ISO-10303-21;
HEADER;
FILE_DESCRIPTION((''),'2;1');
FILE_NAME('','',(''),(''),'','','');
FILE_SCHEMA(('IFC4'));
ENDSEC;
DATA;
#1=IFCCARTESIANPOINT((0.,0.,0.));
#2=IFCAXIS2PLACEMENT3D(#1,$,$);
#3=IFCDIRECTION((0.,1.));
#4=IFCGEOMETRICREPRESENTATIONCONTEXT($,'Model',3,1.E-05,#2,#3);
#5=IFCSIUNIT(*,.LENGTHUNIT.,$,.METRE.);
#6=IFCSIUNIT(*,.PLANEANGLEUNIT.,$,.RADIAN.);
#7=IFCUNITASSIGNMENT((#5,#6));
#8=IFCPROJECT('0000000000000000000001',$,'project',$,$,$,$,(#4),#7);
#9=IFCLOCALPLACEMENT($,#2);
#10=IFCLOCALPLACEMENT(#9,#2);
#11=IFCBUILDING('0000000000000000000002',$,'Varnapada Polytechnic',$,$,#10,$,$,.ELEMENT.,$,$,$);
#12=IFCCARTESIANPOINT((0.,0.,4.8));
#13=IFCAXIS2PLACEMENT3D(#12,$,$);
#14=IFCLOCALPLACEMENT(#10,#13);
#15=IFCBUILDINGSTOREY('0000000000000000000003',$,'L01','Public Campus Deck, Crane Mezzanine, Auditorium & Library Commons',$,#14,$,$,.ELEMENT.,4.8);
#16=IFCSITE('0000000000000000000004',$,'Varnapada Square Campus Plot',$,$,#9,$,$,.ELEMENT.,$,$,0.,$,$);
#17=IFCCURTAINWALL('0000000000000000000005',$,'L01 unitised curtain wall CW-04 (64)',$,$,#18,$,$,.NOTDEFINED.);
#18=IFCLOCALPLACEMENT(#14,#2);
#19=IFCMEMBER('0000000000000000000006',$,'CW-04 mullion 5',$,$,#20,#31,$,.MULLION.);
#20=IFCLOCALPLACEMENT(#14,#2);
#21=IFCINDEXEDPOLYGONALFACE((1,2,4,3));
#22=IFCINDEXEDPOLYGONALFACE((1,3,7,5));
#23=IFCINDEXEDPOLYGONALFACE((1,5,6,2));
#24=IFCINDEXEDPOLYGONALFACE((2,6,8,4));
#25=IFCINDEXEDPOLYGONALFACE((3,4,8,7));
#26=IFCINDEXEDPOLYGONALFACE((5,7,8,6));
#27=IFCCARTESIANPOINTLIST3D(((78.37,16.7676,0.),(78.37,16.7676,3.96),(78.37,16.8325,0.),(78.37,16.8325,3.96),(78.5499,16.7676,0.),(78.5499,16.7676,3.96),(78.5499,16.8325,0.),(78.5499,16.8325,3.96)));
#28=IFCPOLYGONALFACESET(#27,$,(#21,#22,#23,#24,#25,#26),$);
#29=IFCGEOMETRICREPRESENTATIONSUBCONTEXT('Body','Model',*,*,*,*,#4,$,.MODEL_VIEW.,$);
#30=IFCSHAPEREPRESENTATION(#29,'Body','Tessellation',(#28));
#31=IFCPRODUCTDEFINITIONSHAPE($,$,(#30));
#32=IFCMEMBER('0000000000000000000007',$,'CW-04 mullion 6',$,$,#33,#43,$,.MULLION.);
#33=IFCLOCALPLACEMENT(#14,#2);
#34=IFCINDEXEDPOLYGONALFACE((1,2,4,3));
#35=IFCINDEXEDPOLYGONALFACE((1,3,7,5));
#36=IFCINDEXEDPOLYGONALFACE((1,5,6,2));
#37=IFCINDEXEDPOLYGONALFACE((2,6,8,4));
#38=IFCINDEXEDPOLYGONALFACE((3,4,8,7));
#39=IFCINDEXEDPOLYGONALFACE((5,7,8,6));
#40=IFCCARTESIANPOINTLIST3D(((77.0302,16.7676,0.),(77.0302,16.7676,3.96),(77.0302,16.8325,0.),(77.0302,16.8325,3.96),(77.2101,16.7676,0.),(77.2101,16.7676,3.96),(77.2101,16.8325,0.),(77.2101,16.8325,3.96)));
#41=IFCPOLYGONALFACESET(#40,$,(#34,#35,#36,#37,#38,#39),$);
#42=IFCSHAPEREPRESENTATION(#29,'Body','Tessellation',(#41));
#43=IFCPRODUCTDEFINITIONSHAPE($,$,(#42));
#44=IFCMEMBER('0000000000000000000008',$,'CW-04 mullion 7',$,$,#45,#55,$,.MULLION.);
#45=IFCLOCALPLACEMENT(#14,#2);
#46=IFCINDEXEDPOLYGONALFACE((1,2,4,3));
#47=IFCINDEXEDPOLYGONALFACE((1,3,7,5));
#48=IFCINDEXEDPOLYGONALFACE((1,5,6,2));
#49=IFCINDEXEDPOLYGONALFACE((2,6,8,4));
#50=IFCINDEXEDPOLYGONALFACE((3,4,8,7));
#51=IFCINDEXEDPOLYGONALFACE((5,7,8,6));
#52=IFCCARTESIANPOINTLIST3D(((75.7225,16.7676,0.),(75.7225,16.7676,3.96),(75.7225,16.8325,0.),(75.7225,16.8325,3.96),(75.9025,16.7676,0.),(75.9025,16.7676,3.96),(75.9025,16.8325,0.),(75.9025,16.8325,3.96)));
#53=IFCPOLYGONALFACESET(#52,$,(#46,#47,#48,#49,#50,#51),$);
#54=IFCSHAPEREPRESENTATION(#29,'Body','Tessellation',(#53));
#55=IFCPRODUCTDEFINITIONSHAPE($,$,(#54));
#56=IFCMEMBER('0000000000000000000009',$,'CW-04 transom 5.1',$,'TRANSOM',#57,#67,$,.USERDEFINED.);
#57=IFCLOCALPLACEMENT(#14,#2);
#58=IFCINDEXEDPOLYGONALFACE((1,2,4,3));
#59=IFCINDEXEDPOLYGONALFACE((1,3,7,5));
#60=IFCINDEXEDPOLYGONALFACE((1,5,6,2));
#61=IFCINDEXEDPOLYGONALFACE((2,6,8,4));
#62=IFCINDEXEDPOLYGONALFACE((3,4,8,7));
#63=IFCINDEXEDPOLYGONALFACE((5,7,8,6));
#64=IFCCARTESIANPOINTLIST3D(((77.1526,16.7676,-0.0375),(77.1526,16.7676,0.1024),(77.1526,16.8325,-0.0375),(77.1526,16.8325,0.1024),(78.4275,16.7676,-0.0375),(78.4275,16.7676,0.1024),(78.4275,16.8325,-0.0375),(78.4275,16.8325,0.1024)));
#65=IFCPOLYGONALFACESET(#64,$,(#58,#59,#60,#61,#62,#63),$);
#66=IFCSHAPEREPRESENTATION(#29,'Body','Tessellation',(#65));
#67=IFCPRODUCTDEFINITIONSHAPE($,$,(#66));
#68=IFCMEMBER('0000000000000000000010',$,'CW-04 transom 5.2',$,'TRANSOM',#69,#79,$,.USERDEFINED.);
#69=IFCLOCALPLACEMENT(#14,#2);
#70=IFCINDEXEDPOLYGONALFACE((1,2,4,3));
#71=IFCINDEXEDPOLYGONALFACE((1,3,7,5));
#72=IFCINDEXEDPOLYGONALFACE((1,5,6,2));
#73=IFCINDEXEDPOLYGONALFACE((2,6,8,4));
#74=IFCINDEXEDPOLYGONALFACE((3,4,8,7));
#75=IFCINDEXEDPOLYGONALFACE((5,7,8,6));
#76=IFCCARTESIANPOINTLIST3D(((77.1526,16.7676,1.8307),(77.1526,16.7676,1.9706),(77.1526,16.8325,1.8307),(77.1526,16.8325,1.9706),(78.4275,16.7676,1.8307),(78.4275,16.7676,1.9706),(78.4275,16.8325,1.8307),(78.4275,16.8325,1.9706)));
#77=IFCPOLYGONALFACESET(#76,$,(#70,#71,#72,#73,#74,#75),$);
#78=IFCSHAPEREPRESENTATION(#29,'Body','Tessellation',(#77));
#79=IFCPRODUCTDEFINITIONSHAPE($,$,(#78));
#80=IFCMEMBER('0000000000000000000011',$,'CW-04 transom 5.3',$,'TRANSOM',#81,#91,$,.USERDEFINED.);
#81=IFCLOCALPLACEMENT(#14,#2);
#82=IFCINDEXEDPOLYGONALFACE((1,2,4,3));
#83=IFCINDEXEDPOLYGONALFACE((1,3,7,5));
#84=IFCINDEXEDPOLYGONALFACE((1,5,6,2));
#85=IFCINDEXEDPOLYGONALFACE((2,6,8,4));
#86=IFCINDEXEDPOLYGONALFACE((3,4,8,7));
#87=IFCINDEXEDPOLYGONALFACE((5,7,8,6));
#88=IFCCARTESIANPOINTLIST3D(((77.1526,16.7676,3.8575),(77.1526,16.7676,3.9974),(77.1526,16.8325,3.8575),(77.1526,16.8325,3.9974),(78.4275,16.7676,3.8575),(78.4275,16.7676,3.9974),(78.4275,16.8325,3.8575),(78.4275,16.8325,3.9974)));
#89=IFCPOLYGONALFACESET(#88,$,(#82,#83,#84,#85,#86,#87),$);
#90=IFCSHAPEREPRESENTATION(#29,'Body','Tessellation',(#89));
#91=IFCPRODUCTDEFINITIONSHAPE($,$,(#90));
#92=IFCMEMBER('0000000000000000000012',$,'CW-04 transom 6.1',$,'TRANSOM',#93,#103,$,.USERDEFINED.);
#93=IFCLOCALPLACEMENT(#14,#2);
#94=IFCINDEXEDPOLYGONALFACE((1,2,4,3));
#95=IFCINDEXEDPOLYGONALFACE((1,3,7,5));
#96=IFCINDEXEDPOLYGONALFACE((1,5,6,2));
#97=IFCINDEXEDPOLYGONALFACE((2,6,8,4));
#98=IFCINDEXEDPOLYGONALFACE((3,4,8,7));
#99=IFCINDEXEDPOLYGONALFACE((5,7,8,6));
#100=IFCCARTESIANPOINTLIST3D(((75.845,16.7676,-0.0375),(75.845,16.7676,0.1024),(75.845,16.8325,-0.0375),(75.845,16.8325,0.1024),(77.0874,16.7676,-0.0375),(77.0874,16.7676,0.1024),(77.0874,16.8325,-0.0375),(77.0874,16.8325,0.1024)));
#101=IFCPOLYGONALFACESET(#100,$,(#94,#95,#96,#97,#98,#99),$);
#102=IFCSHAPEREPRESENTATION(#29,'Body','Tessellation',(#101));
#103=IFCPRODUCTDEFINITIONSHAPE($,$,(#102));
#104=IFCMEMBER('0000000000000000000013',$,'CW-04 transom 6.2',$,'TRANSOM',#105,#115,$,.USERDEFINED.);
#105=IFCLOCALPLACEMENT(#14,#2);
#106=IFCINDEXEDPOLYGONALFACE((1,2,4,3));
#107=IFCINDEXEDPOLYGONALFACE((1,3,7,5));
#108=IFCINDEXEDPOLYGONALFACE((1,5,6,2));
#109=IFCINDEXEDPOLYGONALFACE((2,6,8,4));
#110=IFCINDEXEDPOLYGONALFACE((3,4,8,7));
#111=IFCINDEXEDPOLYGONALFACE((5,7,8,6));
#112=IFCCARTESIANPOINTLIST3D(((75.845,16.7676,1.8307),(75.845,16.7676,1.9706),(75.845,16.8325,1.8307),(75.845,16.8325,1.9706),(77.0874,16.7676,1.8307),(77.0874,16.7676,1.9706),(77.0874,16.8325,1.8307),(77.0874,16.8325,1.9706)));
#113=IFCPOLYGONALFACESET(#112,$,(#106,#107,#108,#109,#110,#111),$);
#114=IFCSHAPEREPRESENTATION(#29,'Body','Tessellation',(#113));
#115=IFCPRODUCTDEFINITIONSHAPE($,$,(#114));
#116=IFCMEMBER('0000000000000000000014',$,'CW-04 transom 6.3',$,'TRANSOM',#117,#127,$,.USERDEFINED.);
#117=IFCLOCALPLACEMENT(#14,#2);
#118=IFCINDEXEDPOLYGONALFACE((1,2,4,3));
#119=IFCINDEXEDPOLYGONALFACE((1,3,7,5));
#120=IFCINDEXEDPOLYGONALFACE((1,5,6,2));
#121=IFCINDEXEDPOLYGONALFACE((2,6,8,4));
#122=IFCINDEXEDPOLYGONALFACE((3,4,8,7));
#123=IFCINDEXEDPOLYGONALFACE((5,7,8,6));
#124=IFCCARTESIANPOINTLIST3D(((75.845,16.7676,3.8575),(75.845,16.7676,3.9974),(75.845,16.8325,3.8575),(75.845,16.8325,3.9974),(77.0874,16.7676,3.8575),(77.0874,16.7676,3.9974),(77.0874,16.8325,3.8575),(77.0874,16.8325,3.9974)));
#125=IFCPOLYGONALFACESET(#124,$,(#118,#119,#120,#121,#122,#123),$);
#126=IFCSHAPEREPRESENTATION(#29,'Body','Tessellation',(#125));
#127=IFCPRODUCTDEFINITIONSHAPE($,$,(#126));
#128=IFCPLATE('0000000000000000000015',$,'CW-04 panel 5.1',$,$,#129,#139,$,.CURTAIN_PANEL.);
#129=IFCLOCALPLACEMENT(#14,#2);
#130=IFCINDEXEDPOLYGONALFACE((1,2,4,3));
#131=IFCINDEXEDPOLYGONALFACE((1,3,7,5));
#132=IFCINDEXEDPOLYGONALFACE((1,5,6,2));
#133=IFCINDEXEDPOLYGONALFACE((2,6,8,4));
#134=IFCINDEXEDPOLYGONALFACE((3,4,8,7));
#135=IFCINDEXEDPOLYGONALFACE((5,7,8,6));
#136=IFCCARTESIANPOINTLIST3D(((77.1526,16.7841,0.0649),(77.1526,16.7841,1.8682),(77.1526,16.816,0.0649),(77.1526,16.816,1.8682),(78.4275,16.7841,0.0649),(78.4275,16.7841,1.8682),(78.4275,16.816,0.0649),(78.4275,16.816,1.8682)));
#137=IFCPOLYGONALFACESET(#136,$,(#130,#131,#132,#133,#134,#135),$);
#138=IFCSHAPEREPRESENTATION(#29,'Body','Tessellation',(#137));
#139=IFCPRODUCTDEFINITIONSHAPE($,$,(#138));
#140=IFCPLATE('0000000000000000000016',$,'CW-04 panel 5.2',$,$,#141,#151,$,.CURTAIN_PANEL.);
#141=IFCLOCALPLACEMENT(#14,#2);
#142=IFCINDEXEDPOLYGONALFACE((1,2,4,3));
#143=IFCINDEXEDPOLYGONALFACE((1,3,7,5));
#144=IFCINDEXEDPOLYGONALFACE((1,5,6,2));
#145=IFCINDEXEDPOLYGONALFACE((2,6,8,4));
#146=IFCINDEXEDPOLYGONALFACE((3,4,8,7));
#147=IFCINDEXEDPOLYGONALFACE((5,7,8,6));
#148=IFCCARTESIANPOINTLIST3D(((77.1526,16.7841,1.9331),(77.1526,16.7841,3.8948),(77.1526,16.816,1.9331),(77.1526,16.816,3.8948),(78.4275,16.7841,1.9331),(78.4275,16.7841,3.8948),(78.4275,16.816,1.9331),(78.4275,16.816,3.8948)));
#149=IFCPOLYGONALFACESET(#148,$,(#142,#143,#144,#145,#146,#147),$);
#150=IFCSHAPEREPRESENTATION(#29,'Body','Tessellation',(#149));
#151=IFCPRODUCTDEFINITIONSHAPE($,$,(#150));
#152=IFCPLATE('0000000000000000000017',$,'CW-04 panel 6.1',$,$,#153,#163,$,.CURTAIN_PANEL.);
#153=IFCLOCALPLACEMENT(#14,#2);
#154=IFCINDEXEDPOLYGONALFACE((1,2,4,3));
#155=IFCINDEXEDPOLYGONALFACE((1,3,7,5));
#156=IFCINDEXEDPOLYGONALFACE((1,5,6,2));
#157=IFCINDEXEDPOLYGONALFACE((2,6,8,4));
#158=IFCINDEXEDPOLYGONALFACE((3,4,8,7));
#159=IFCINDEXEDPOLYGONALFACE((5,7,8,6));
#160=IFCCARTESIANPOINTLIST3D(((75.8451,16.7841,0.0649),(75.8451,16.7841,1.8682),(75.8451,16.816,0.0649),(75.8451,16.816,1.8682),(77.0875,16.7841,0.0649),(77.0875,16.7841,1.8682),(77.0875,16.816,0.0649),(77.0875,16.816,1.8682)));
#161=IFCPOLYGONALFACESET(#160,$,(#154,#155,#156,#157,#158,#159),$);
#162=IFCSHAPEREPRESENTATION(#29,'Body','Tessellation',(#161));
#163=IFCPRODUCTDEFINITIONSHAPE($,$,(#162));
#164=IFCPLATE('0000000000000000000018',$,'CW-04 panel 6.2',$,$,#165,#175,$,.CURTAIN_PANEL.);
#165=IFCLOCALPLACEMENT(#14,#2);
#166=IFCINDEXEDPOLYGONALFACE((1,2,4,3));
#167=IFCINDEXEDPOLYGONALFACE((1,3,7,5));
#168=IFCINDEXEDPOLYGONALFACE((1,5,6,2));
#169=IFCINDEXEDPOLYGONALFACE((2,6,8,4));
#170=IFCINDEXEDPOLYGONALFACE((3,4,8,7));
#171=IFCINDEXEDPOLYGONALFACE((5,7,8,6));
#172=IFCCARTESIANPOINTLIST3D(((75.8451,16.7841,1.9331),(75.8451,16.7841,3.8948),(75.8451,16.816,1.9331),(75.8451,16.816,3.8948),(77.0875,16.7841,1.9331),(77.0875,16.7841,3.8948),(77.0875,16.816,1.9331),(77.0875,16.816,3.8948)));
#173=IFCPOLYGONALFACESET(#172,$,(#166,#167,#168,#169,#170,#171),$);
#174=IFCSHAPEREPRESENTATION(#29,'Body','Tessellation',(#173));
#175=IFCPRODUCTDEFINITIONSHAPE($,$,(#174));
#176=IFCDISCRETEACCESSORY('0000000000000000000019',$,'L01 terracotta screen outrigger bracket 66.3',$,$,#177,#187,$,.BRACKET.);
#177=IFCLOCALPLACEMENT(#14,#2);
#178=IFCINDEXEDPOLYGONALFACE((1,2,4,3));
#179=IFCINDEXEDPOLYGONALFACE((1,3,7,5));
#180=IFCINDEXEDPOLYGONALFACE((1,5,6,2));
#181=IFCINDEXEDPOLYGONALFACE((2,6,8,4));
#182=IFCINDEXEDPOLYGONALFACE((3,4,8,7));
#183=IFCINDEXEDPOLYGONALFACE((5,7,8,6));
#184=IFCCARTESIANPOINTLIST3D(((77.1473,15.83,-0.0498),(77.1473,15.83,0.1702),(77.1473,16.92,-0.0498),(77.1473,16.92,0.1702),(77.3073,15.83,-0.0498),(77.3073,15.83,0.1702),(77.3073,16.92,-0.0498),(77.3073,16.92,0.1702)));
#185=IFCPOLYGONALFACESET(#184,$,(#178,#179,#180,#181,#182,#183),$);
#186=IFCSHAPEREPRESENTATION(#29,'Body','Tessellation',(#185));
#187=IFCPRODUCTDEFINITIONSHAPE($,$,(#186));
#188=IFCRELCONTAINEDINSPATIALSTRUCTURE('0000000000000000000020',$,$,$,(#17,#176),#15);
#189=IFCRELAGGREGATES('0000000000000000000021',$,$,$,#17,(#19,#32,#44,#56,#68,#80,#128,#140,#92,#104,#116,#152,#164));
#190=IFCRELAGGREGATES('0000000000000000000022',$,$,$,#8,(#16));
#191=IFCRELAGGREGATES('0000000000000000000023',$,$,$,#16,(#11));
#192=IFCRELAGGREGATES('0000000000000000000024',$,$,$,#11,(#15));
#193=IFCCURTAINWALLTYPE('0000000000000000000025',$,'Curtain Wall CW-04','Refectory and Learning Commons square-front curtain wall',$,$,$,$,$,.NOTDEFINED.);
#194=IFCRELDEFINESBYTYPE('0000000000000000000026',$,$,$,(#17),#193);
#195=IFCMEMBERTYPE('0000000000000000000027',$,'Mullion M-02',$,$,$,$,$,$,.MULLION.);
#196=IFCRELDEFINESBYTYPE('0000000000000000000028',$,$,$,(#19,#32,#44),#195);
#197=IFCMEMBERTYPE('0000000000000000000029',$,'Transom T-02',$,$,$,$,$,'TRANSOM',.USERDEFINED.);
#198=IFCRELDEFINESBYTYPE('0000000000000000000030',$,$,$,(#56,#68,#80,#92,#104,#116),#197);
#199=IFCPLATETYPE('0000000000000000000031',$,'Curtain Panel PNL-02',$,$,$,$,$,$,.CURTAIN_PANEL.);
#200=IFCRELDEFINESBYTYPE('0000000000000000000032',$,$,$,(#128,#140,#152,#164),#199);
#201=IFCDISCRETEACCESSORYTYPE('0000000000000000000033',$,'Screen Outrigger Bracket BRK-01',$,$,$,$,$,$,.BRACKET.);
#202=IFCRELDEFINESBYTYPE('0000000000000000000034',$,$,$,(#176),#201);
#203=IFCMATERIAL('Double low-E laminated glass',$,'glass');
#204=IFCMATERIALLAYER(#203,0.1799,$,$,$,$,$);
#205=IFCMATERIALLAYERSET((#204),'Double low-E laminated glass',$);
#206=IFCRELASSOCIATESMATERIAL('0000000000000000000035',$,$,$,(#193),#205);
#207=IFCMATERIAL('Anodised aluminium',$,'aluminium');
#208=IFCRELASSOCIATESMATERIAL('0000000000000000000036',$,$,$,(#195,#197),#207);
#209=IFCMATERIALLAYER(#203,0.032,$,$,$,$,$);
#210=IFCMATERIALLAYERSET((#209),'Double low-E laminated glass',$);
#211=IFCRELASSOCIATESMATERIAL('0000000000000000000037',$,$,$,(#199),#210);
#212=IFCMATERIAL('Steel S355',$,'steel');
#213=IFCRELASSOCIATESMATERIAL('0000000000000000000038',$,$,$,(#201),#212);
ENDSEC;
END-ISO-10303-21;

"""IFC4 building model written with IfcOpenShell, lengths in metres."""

from ifc_helpers import new_model, si_unit, direction, frame, origin, origin_2d, place, context, subcontext, project, spatial, rectangle, extrude, material, layer, layer_set, material_profile, profile_set, type_object, element, aggregate, save


model = new_model("IFC4")

# Units and contexts
model_context = context("Model", 3, precision=1e-05, world=origin(), true_north=direction((0.0, 1.0)))
body_context = subcontext(model_context, "Body", "Model", "MODEL_VIEW")
ifc_project = project(units=[si_unit("LENGTHUNIT", "METRE"), si_unit("PLANEANGLEUNIT", "RADIAN")], contexts=[model_context])

# Site, building, storey
site_placement = place(None, origin())
site = spatial("IfcSite", under=ifc_project, at=site_placement, Name="Varnapada Square Campus Plot", CompositionType="ELEMENT", RefElevation=0.0)
building_placement = place(site_placement, origin())
building = spatial("IfcBuilding", under=site, at=building_placement, Name="Varnapada Polytechnic", CompositionType="ELEMENT")
storey_placement = place(building_placement, frame((0.0, 0.0, 4.8)))
storey = spatial("IfcBuildingStorey", under=building, at=storey_placement, Name="L01", Description="Public Campus Deck, Crane Mezzanine, Auditorium & Library Commons", CompositionType="ELEMENT", Elevation=4.8)

# Curtain wall, members, plates
ifc_material_1 = material(Name="Double low-E laminated glass", Category="glass")
ifc_layer_1 = layer(ifc_material_1, 0.1799)
ifc_layer_set_1 = layer_set([ifc_layer_1], Name="Double low-E laminated glass")
curtain_wall_type = type_object("IfcCurtainWallType", Name="Curtain Wall CW-04", Description="Refectory and Learning Commons square-front curtain wall", PredefinedType="NOTDEFINED", material=ifc_layer_set_1)
curtain_wall_placement = place(storey_placement, origin())
curtain_wall = element("IfcCurtainWall", 1, at=curtain_wall_placement, inside=storey, type_object=curtain_wall_type, Name="L01 unitised curtain wall CW-04 (64)", PredefinedType="NOTDEFINED")
ifc_material_2 = material(Name="Anodised aluminium", Category="aluminium")
ifc_material_profile_1 = material_profile(ifc_material_2, rectangle(XDim=0.0649, YDim=0.1799, at=origin_2d()), Name="ALU M65x180")
ifc_profile_set_1 = profile_set([ifc_material_profile_1], Name="Anodised aluminium")
member_type_1 = type_object("IfcMemberType", Name="Mullion M-02", PredefinedType="MULLION", material=ifc_profile_set_1)
member_1_placement = place(storey_placement, frame((78.46, 16.8, 0.0), z_axis=(0.0, 0.0, 1.0), x_axis=(0.0, -1.0, 0.0)))
member_1 = element("IfcMember", 2, at=member_1_placement, type_object=member_type_1, Name="CW-04 mullion 5", PredefinedType="MULLION", context=body_context, shape_type="SweptSolid", body=[
    extrude(rectangle(XDim=0.0649, YDim=0.1799, at=origin_2d()), origin(), (0.0, 0.0, 1.0), 3.96),
])
member_2_placement = place(storey_placement, frame((77.1201, 16.8, 0.0), z_axis=(0.0, 0.0, 1.0), x_axis=(0.0, -1.0, 0.0)))
member_2 = element("IfcMember", 3, at=member_2_placement, type_object=member_type_1, Name="CW-04 mullion 6", PredefinedType="MULLION", context=body_context, shape_type="SweptSolid", body=[
    extrude(rectangle(XDim=0.0649, YDim=0.1799, at=origin_2d()), origin(), (0.0, 0.0, 1.0), 3.96),
])
member_3_placement = place(storey_placement, frame((75.8125, 16.8, 0.0), z_axis=(0.0, 0.0, 1.0), x_axis=(0.0, -1.0, 0.0)))
member_3 = element("IfcMember", 4, at=member_3_placement, type_object=member_type_1, Name="CW-04 mullion 7", PredefinedType="MULLION", context=body_context, shape_type="SweptSolid", body=[
    extrude(rectangle(XDim=0.0649, YDim=0.1799, at=origin_2d()), origin(), (0.0, 0.0, 1.0), 3.96),
])
ifc_material_profile_2 = material_profile(ifc_material_2, rectangle(XDim=0.0649, YDim=0.1399, at=origin_2d()), Name="ALU T65x140")
ifc_profile_set_2 = profile_set([ifc_material_profile_2], Name="Anodised aluminium")
member_type_2 = type_object("IfcMemberType", Name="Transom T-02", ElementType="TRANSOM", PredefinedType="USERDEFINED", material=ifc_profile_set_2)
member_4_placement = place(storey_placement, frame((78.4275, 16.8, 0.0325), z_axis=(-1.0, 0.0, 0.0), x_axis=(0.0, -1.0, 0.0)))
member_4 = element("IfcMember", 5, at=member_4_placement, type_object=member_type_2, Name="CW-04 transom 5.1", ObjectType="TRANSOM", PredefinedType="USERDEFINED", context=body_context, shape_type="SweptSolid", body=[
    extrude(rectangle(XDim=0.0649, YDim=0.1399, at=origin_2d()), origin(), (0.0, 0.0, 1.0), 1.2749),
])
member_5_placement = place(storey_placement, frame((78.4275, 16.8, 1.9006), z_axis=(-1.0, 0.0, 0.0), x_axis=(0.0, -1.0, 0.0)))
member_5 = element("IfcMember", 6, at=member_5_placement, type_object=member_type_2, Name="CW-04 transom 5.2", ObjectType="TRANSOM", PredefinedType="USERDEFINED", context=body_context, shape_type="SweptSolid", body=[
    extrude(rectangle(XDim=0.0649, YDim=0.1399, at=origin_2d()), origin(), (0.0, 0.0, 1.0), 1.2749),
])
member_6_placement = place(storey_placement, frame((78.4275, 16.8, 3.9275), z_axis=(-1.0, 0.0, 0.0), x_axis=(0.0, -1.0, 0.0)))
member_6 = element("IfcMember", 7, at=member_6_placement, type_object=member_type_2, Name="CW-04 transom 5.3", ObjectType="TRANSOM", PredefinedType="USERDEFINED", context=body_context, shape_type="SweptSolid", body=[
    extrude(rectangle(XDim=0.0649, YDim=0.1399, at=origin_2d()), origin(), (0.0, 0.0, 1.0), 1.2749),
])
member_7_placement = place(storey_placement, frame((77.0874, 16.8, 0.0325), z_axis=(-1.0, 0.0, 0.0), x_axis=(0.0, -1.0, 0.0)))
member_7 = element("IfcMember", 8, at=member_7_placement, type_object=member_type_2, Name="CW-04 transom 6.1", ObjectType="TRANSOM", PredefinedType="USERDEFINED", context=body_context, shape_type="SweptSolid", body=[
    extrude(rectangle(XDim=0.0649, YDim=0.1399, at=origin_2d()), origin(), (0.0, 0.0, 1.0), 1.2424),
])
member_8_placement = place(storey_placement, frame((77.0874, 16.8, 1.9006), z_axis=(-1.0, 0.0, 0.0), x_axis=(0.0, -1.0, 0.0)))
member_8 = element("IfcMember", 9, at=member_8_placement, type_object=member_type_2, Name="CW-04 transom 6.2", ObjectType="TRANSOM", PredefinedType="USERDEFINED", context=body_context, shape_type="SweptSolid", body=[
    extrude(rectangle(XDim=0.0649, YDim=0.1399, at=origin_2d()), origin(), (0.0, 0.0, 1.0), 1.2424),
])
member_9_placement = place(storey_placement, frame((77.0874, 16.8, 3.9275), z_axis=(-1.0, 0.0, 0.0), x_axis=(0.0, -1.0, 0.0)))
member_9 = element("IfcMember", 10, at=member_9_placement, type_object=member_type_2, Name="CW-04 transom 6.3", ObjectType="TRANSOM", PredefinedType="USERDEFINED", context=body_context, shape_type="SweptSolid", body=[
    extrude(rectangle(XDim=0.0649, YDim=0.1399, at=origin_2d()), origin(), (0.0, 0.0, 1.0), 1.2424),
])
ifc_layer_2 = layer(ifc_material_1, 0.032)
ifc_layer_set_2 = layer_set([ifc_layer_2], Name="Double low-E laminated glass")
plate_type = type_object("IfcPlateType", Name="Curtain Panel PNL-02", PredefinedType="CURTAIN_PANEL", material=ifc_layer_set_2)
plate_1_placement = place(storey_placement, frame((77.79, 16.8, 0.0649), z_axis=(0.0, 0.0, 1.0), x_axis=(-1.0, 0.0, 0.0)))
plate_1 = element("IfcPlate", 11, at=plate_1_placement, type_object=plate_type, Name="CW-04 panel 5.1", PredefinedType="CURTAIN_PANEL", context=body_context, shape_type="SweptSolid", body=[
    extrude(rectangle(XDim=1.2749, YDim=0.032, at=origin_2d()), origin(), (0.0, 0.0, 1.0), 1.8032),
])
plate_2_placement = place(storey_placement, frame((77.79, 16.8, 1.9331), z_axis=(0.0, 0.0, 1.0), x_axis=(-1.0, 0.0, 0.0)))
plate_2 = element("IfcPlate", 12, at=plate_2_placement, type_object=plate_type, Name="CW-04 panel 5.2", PredefinedType="CURTAIN_PANEL", context=body_context, shape_type="SweptSolid", body=[
    extrude(rectangle(XDim=1.2749, YDim=0.032, at=origin_2d()), origin(), (0.0, 0.0, 1.0), 1.9617),
])
plate_3_placement = place(storey_placement, frame((76.4663, 16.8, 0.0649), z_axis=(0.0, 0.0, 1.0), x_axis=(-1.0, 0.0, 0.0)))
plate_3 = element("IfcPlate", 13, at=plate_3_placement, type_object=plate_type, Name="CW-04 panel 6.1", PredefinedType="CURTAIN_PANEL", context=body_context, shape_type="SweptSolid", body=[
    extrude(rectangle(XDim=1.2424, YDim=0.032, at=origin_2d()), origin(), (0.0, 0.0, 1.0), 1.8032),
])
plate_4_placement = place(storey_placement, frame((76.4663, 16.8, 1.9331), z_axis=(0.0, 0.0, 1.0), x_axis=(-1.0, 0.0, 0.0)))
plate_4 = element("IfcPlate", 14, at=plate_4_placement, type_object=plate_type, Name="CW-04 panel 6.2", PredefinedType="CURTAIN_PANEL", context=body_context, shape_type="SweptSolid", body=[
    extrude(rectangle(XDim=1.2424, YDim=0.032, at=origin_2d()), origin(), (0.0, 0.0, 1.0), 1.9617),
])
aggregate(curtain_wall, [member_1, member_2, member_3, member_4, member_5, member_6, plate_1, plate_2, member_7, member_8, member_9, plate_3, plate_4])

# Discrete accessory
ifc_material_3 = material(Name="Steel S355", Category="steel")
discrete_accessory_type = type_object("IfcDiscreteAccessoryType", Name="Screen Outrigger Bracket BRK-01", PredefinedType="BRACKET", material=ifc_material_3)
discrete_accessory_placement = place(storey_placement, frame((77.2273, 16.375, -0.0498), z_axis=(0.0, 0.0, 1.0), x_axis=(-1.0, 0.0, 0.0)))
element("IfcDiscreteAccessory", 15, at=discrete_accessory_placement, inside=storey, type_object=discrete_accessory_type, Name="L01 terracotta screen outrigger bracket 66.3", PredefinedType="BRACKET", context=body_context, shape_type="SweptSolid", body=[
    extrude(rectangle(XDim=0.1599, YDim=1.0901, at=origin_2d()), origin(), (0.0, 0.0, 1.0), 0.22),
])

save(model, "model.ifc")
